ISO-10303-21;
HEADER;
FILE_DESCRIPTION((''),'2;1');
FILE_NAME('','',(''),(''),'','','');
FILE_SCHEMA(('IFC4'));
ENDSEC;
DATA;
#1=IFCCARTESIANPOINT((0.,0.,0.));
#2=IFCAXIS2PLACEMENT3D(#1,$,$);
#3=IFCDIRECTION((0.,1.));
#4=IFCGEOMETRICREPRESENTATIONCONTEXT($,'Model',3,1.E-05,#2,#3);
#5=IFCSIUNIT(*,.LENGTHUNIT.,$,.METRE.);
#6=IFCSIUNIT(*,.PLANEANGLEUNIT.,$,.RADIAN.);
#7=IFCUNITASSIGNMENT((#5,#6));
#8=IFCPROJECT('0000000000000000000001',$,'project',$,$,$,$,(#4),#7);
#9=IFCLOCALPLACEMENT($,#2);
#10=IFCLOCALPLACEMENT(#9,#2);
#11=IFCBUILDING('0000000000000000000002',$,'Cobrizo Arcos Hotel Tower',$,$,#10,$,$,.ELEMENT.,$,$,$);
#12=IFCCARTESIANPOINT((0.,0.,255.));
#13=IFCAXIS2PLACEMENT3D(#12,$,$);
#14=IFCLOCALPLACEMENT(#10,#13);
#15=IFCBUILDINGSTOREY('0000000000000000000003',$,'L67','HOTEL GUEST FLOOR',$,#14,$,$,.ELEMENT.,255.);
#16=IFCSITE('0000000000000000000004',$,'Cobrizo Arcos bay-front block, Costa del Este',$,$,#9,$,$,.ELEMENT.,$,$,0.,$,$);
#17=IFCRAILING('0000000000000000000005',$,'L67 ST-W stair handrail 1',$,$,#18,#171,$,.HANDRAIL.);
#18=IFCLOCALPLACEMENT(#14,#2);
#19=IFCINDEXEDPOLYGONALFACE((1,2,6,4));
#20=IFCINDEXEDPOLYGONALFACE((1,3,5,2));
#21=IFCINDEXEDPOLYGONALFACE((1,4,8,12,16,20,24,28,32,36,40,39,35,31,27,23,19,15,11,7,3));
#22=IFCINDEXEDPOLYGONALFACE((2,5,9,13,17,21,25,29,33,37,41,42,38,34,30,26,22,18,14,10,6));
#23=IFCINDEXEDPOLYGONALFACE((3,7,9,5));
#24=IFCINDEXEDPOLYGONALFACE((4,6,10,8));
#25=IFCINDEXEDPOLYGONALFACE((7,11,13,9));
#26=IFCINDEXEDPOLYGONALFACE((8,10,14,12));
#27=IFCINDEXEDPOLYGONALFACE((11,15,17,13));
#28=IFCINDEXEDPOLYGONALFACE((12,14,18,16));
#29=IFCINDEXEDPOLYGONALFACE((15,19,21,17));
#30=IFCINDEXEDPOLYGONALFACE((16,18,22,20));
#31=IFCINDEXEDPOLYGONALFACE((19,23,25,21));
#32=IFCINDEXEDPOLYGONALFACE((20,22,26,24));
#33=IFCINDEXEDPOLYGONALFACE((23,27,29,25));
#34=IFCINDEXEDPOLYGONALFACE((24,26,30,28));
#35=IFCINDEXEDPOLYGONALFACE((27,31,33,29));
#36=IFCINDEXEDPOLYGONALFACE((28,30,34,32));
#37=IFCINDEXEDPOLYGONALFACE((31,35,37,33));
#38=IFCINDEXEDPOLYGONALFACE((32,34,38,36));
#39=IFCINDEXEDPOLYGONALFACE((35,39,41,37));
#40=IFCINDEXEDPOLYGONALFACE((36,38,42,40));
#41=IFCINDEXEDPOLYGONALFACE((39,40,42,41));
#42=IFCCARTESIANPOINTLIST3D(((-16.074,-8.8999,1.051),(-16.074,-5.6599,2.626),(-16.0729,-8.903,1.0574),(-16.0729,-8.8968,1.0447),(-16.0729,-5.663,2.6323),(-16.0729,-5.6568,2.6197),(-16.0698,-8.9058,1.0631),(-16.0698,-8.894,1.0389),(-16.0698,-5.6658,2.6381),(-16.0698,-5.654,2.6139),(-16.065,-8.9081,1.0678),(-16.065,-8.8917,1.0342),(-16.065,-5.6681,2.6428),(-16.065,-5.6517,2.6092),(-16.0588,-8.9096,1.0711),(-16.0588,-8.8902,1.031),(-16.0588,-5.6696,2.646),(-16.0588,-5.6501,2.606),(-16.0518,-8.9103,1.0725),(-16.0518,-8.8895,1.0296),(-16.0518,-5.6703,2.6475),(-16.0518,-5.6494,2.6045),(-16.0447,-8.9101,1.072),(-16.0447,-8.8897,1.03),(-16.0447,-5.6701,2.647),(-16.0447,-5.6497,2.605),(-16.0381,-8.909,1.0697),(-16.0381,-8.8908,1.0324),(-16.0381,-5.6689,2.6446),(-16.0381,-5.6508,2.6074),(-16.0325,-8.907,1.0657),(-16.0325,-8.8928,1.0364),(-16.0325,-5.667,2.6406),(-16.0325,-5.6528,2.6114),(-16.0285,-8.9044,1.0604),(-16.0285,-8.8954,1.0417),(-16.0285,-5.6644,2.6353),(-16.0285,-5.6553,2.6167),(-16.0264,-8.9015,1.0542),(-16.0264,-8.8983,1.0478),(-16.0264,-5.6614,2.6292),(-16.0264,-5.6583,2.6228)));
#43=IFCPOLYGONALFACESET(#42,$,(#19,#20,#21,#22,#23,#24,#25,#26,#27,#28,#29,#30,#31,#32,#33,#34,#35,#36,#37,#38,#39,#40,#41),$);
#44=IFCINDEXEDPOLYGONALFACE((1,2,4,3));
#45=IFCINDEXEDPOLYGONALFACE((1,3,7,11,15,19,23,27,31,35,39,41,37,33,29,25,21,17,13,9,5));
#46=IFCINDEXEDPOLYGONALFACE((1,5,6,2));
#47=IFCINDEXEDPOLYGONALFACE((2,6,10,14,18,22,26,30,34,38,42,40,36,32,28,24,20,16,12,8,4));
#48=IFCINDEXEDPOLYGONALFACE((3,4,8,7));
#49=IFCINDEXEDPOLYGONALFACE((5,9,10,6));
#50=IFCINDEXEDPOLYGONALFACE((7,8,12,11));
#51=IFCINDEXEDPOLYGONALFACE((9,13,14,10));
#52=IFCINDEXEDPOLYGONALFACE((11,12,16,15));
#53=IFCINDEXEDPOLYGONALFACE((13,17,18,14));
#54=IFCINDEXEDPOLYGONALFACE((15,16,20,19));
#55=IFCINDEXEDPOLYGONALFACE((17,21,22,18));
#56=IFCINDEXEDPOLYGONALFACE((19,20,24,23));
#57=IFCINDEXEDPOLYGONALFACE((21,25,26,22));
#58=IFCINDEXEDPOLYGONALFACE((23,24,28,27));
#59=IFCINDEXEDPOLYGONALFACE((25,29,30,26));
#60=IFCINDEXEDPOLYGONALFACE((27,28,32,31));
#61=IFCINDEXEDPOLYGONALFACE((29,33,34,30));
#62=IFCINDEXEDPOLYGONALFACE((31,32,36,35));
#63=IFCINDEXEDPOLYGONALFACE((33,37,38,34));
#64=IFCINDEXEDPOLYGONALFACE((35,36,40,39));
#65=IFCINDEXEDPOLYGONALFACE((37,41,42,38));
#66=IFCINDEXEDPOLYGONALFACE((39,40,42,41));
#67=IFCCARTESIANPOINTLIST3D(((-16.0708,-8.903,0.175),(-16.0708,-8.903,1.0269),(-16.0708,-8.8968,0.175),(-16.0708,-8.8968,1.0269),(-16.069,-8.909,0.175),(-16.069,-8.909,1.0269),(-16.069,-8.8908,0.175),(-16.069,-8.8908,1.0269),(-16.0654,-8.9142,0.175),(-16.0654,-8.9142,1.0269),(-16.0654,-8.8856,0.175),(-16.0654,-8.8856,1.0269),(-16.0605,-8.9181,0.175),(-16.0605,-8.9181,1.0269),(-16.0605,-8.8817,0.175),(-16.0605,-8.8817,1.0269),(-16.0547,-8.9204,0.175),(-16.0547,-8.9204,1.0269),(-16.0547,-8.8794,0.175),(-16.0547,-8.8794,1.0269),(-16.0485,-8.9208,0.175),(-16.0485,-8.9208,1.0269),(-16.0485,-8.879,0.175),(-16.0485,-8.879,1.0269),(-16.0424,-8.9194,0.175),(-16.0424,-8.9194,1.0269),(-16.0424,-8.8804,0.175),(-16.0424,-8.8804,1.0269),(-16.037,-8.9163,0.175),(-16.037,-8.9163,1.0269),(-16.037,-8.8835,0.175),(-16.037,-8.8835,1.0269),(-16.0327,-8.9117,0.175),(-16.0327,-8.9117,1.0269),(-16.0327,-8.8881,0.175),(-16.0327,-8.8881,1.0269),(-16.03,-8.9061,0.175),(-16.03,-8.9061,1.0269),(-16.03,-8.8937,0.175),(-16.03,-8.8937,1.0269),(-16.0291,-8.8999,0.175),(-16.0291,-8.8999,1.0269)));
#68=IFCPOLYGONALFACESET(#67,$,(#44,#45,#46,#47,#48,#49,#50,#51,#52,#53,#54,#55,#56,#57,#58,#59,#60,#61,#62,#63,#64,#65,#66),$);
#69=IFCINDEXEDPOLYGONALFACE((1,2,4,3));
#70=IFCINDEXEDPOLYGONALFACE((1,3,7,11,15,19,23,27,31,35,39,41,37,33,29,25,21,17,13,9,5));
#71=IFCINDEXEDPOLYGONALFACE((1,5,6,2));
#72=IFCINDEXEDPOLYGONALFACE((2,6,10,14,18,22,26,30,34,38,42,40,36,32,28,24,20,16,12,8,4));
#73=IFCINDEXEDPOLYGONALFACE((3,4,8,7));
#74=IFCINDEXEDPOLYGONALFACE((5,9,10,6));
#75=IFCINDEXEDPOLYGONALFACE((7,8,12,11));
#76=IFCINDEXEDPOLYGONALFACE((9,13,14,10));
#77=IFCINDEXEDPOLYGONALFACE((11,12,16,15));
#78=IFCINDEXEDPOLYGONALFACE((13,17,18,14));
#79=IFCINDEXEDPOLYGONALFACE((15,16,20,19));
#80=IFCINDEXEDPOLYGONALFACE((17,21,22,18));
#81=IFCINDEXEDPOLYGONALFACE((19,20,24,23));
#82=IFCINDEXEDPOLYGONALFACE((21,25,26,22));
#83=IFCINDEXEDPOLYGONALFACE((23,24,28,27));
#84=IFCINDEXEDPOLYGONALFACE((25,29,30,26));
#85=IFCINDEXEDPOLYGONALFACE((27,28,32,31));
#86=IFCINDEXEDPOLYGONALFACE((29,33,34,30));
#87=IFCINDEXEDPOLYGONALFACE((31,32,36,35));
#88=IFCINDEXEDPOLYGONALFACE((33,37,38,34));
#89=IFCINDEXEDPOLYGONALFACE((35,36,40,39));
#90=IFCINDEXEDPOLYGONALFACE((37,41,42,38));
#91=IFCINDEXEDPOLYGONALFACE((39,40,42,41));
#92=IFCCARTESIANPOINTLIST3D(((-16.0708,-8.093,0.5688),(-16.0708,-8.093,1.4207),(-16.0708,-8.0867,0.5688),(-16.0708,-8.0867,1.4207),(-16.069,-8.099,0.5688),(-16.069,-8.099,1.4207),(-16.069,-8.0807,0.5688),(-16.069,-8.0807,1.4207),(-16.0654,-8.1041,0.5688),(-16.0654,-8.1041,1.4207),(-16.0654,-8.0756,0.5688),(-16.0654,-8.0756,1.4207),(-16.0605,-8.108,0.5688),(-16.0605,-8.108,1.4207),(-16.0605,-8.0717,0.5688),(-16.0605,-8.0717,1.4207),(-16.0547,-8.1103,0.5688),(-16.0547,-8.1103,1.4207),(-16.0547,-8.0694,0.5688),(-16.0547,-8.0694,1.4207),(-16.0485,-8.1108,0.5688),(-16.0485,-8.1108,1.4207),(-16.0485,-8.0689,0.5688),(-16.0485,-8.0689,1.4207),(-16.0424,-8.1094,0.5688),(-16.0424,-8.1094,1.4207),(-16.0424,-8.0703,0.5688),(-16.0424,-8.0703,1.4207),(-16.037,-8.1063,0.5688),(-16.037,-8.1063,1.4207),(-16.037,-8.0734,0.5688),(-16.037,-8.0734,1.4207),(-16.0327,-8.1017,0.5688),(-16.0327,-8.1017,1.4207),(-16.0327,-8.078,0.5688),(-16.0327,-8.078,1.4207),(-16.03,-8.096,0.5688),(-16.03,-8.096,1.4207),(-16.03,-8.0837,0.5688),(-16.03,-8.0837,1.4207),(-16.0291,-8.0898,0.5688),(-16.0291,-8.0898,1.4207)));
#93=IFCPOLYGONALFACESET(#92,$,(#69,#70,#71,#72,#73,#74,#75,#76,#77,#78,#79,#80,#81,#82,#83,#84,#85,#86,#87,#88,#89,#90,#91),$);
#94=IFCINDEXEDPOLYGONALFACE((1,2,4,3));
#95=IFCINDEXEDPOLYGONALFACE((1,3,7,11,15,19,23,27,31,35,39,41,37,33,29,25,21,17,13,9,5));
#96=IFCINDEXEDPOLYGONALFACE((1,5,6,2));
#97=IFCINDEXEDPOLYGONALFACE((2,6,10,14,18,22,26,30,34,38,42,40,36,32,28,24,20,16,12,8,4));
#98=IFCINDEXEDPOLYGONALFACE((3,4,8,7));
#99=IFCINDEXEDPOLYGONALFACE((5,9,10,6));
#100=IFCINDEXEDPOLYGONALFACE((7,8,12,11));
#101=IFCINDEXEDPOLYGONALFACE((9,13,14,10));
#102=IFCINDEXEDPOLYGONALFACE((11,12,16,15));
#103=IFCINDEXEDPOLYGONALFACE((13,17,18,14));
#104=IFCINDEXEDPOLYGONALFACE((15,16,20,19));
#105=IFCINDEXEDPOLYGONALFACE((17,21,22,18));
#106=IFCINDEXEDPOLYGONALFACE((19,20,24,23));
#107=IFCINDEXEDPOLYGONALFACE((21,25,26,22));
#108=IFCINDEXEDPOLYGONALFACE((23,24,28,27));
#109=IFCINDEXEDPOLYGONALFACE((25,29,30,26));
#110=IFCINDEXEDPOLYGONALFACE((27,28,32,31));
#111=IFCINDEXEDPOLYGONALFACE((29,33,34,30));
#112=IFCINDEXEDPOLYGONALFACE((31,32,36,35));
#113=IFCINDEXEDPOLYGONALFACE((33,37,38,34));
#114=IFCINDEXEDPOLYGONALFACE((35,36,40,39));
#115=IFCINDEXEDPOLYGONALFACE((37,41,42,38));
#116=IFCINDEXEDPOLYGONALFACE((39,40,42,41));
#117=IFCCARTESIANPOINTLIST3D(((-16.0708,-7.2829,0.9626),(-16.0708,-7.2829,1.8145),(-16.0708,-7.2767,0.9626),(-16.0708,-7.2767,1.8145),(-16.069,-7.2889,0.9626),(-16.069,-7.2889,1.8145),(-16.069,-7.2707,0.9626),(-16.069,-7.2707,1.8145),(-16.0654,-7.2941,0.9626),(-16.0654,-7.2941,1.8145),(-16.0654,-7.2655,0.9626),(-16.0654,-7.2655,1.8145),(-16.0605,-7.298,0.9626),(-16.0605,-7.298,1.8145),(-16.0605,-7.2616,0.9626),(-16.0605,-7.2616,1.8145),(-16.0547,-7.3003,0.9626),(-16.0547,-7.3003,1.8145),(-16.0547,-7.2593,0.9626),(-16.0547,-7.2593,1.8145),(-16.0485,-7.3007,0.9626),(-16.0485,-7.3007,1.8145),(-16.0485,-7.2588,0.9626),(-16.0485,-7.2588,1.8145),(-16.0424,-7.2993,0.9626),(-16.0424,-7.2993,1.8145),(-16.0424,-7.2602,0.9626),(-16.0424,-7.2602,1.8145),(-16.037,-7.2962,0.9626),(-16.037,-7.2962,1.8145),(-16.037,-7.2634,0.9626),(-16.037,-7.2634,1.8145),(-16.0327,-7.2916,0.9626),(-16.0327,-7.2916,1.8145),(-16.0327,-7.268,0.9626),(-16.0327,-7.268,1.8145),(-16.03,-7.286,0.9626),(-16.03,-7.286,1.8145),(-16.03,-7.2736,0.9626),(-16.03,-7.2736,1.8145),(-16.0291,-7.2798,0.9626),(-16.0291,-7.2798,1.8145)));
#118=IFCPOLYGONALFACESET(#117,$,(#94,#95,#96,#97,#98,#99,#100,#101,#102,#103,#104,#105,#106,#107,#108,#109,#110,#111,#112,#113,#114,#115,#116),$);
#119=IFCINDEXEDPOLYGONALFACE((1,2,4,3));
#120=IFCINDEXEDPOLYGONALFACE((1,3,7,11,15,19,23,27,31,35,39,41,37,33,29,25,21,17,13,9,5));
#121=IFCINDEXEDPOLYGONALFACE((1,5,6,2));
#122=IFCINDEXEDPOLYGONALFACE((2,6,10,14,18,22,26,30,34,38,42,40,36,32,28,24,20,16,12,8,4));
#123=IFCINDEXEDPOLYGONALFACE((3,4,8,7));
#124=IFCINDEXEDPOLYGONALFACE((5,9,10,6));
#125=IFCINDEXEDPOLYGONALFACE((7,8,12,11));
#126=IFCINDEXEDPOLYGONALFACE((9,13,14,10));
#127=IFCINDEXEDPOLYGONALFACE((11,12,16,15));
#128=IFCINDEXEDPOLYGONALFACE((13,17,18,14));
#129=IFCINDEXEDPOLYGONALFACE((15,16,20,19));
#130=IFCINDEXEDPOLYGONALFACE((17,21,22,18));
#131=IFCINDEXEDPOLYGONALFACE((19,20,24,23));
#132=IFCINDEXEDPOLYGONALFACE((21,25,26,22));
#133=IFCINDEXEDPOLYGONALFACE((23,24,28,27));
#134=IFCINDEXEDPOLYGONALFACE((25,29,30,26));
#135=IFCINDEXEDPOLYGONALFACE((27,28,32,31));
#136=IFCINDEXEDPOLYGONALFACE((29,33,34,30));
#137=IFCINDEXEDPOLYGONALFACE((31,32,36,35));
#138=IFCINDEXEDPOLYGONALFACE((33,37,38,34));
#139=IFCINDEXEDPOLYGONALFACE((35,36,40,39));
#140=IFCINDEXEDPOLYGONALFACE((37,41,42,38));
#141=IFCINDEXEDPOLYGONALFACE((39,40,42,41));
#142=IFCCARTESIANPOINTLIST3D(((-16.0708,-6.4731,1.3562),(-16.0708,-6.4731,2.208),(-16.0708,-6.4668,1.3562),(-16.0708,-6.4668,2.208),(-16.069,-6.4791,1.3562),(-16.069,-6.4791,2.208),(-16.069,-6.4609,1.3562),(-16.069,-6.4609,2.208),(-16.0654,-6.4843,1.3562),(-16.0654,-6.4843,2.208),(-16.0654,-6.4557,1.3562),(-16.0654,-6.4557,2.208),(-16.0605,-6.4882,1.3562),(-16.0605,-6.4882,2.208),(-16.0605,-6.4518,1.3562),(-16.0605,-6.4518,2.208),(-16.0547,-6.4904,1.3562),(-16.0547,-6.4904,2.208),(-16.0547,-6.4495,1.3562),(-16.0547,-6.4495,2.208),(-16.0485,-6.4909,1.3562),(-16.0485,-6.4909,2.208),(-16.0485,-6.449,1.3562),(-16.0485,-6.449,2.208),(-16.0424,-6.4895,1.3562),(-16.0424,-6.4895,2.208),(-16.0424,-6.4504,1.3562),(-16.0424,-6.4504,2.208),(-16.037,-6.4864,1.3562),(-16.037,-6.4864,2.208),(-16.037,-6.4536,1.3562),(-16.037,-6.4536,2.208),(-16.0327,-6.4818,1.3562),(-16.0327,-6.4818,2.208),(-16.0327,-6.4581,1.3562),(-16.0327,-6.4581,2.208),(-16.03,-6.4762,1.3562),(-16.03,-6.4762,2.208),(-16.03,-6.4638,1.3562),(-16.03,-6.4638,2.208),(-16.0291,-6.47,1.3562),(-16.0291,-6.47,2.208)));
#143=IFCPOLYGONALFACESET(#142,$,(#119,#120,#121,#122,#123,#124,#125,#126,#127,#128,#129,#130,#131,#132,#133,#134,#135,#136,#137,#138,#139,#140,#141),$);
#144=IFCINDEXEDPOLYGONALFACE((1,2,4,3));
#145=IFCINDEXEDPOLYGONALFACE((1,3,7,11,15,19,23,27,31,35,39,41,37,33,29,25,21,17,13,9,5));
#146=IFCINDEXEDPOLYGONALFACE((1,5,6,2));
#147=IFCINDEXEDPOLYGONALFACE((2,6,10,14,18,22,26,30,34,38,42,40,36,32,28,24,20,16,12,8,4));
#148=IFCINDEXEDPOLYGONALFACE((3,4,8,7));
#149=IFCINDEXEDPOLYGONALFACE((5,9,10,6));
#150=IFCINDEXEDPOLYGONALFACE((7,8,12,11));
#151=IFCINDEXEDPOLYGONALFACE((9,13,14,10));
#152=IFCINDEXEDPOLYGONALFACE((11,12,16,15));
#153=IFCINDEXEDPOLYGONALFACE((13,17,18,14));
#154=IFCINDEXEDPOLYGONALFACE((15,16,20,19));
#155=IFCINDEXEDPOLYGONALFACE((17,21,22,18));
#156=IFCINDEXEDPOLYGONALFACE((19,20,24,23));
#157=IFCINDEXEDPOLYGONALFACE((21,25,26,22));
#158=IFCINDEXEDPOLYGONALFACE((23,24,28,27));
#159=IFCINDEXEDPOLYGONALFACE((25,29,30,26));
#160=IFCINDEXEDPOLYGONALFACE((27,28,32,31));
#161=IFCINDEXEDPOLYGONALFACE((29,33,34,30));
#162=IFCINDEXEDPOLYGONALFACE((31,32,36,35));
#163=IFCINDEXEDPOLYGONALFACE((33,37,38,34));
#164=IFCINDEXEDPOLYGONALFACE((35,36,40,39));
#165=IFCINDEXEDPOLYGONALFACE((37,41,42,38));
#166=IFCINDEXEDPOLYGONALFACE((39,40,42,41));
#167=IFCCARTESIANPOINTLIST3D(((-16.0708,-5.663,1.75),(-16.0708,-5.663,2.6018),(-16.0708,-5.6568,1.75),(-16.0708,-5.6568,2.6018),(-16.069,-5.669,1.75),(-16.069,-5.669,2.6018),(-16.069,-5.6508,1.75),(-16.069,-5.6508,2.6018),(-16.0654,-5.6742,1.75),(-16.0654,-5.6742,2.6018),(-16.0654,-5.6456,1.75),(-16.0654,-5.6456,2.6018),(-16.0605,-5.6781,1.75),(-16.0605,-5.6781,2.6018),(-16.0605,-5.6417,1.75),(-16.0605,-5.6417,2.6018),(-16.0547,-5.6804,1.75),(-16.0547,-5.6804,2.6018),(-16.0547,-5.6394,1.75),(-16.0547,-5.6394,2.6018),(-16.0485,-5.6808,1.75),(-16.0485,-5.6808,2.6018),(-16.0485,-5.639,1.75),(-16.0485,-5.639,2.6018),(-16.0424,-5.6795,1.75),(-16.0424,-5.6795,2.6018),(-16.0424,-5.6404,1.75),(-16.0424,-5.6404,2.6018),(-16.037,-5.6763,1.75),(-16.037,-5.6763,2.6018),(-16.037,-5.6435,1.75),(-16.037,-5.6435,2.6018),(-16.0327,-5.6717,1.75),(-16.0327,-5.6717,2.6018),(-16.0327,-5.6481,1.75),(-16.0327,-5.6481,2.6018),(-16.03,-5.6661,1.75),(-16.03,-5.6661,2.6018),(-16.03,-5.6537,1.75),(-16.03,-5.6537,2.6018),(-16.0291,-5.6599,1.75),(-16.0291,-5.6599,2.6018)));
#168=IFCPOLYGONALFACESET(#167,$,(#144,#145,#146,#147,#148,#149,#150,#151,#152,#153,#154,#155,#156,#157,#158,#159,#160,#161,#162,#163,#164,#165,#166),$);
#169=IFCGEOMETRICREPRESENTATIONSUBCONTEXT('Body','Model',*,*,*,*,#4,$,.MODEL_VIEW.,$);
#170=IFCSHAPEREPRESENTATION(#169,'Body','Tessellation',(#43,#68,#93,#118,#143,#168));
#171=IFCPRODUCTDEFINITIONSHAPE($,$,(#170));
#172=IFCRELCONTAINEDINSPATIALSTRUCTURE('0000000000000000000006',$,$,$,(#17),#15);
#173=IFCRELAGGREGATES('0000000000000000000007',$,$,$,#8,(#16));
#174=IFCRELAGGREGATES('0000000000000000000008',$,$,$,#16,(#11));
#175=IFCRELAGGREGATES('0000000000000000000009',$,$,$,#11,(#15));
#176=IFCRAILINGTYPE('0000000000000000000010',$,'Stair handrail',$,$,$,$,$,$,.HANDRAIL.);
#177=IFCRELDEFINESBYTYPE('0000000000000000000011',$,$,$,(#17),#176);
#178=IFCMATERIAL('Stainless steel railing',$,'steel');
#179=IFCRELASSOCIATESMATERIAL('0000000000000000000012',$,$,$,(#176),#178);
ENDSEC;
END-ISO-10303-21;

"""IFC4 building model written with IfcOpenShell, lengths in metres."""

from ifc_helpers import new_model, si_unit, direction, frame, origin, origin_2d, place, context, subcontext, project, spatial, circle, extrude, material, type_object, element, save


model = new_model("IFC4")

# Units and contexts
model_context = context("Model", 3, precision=1e-05, world=origin(), true_north=direction((0.0, 1.0)))
body_context = subcontext(model_context, "Body", "Model", "MODEL_VIEW")
ifc_project = project(units=[si_unit("LENGTHUNIT", "METRE"), si_unit("PLANEANGLEUNIT", "RADIAN")], contexts=[model_context])

# Site, building, storey
site_placement = place(None, origin())
site = spatial("IfcSite", under=ifc_project, at=site_placement, Name="Cobrizo Arcos bay-front block, Costa del Este", CompositionType="ELEMENT", RefElevation=0.0)
building_placement = place(site_placement, origin())
building = spatial("IfcBuilding", under=site, at=building_placement, Name="Cobrizo Arcos Hotel Tower", CompositionType="ELEMENT")
storey_placement = place(building_placement, frame((0.0, 0.0, 255.0)))
storey = spatial("IfcBuildingStorey", under=building, at=storey_placement, Name="L67", Description="HOTEL GUEST FLOOR", CompositionType="ELEMENT", Elevation=255.0)

# Railing
ifc_material_1 = material(Name="Stainless steel railing", Category="steel")
railing_type_1 = type_object("IfcRailingType", Name="Stair handrail", PredefinedType="HANDRAIL", material=ifc_material_1)
railing_1_placement = place(storey_placement, frame((-16.05, -8.8999, 0.175)))
element("IfcRailing", 1, at=railing_1_placement, inside=storey, type_object=railing_type_1, Name="L67 ST-W stair handrail 1", PredefinedType="HANDRAIL", context=body_context, shape_type="SweptSolid", body=[
    extrude(circle(Radius=0.0239, at=origin_2d()), frame((0.0, 0.0, 0.876), z_axis=(0.0, 0.899373, 0.437183), x_axis=(-1.0, 0.0, 0.0)), (0.0, 0.0, 1.0), 3.6025),
    extrude(circle(Radius=0.021, at=origin_2d()), origin(), (0.0, 0.0, 1.0), 0.8518),
    extrude(circle(Radius=0.021, at=origin_2d()), frame((0.0, 0.8101, 0.3938)), (0.0, 0.0, 1.0), 0.8518),
    extrude(circle(Radius=0.021, at=origin_2d()), frame((0.0, 1.6201, 0.7876)), (0.0, 0.0, 1.0), 0.8518),
    extrude(circle(Radius=0.021, at=origin_2d()), frame((0.0, 2.4299, 1.1812)), (0.0, 0.0, 1.0), 0.8518),
    extrude(circle(Radius=0.021, at=origin_2d()), frame((0.0, 3.24, 1.575)), (0.0, 0.0, 1.0), 0.8518),
])

save(model, "model.ifc")
